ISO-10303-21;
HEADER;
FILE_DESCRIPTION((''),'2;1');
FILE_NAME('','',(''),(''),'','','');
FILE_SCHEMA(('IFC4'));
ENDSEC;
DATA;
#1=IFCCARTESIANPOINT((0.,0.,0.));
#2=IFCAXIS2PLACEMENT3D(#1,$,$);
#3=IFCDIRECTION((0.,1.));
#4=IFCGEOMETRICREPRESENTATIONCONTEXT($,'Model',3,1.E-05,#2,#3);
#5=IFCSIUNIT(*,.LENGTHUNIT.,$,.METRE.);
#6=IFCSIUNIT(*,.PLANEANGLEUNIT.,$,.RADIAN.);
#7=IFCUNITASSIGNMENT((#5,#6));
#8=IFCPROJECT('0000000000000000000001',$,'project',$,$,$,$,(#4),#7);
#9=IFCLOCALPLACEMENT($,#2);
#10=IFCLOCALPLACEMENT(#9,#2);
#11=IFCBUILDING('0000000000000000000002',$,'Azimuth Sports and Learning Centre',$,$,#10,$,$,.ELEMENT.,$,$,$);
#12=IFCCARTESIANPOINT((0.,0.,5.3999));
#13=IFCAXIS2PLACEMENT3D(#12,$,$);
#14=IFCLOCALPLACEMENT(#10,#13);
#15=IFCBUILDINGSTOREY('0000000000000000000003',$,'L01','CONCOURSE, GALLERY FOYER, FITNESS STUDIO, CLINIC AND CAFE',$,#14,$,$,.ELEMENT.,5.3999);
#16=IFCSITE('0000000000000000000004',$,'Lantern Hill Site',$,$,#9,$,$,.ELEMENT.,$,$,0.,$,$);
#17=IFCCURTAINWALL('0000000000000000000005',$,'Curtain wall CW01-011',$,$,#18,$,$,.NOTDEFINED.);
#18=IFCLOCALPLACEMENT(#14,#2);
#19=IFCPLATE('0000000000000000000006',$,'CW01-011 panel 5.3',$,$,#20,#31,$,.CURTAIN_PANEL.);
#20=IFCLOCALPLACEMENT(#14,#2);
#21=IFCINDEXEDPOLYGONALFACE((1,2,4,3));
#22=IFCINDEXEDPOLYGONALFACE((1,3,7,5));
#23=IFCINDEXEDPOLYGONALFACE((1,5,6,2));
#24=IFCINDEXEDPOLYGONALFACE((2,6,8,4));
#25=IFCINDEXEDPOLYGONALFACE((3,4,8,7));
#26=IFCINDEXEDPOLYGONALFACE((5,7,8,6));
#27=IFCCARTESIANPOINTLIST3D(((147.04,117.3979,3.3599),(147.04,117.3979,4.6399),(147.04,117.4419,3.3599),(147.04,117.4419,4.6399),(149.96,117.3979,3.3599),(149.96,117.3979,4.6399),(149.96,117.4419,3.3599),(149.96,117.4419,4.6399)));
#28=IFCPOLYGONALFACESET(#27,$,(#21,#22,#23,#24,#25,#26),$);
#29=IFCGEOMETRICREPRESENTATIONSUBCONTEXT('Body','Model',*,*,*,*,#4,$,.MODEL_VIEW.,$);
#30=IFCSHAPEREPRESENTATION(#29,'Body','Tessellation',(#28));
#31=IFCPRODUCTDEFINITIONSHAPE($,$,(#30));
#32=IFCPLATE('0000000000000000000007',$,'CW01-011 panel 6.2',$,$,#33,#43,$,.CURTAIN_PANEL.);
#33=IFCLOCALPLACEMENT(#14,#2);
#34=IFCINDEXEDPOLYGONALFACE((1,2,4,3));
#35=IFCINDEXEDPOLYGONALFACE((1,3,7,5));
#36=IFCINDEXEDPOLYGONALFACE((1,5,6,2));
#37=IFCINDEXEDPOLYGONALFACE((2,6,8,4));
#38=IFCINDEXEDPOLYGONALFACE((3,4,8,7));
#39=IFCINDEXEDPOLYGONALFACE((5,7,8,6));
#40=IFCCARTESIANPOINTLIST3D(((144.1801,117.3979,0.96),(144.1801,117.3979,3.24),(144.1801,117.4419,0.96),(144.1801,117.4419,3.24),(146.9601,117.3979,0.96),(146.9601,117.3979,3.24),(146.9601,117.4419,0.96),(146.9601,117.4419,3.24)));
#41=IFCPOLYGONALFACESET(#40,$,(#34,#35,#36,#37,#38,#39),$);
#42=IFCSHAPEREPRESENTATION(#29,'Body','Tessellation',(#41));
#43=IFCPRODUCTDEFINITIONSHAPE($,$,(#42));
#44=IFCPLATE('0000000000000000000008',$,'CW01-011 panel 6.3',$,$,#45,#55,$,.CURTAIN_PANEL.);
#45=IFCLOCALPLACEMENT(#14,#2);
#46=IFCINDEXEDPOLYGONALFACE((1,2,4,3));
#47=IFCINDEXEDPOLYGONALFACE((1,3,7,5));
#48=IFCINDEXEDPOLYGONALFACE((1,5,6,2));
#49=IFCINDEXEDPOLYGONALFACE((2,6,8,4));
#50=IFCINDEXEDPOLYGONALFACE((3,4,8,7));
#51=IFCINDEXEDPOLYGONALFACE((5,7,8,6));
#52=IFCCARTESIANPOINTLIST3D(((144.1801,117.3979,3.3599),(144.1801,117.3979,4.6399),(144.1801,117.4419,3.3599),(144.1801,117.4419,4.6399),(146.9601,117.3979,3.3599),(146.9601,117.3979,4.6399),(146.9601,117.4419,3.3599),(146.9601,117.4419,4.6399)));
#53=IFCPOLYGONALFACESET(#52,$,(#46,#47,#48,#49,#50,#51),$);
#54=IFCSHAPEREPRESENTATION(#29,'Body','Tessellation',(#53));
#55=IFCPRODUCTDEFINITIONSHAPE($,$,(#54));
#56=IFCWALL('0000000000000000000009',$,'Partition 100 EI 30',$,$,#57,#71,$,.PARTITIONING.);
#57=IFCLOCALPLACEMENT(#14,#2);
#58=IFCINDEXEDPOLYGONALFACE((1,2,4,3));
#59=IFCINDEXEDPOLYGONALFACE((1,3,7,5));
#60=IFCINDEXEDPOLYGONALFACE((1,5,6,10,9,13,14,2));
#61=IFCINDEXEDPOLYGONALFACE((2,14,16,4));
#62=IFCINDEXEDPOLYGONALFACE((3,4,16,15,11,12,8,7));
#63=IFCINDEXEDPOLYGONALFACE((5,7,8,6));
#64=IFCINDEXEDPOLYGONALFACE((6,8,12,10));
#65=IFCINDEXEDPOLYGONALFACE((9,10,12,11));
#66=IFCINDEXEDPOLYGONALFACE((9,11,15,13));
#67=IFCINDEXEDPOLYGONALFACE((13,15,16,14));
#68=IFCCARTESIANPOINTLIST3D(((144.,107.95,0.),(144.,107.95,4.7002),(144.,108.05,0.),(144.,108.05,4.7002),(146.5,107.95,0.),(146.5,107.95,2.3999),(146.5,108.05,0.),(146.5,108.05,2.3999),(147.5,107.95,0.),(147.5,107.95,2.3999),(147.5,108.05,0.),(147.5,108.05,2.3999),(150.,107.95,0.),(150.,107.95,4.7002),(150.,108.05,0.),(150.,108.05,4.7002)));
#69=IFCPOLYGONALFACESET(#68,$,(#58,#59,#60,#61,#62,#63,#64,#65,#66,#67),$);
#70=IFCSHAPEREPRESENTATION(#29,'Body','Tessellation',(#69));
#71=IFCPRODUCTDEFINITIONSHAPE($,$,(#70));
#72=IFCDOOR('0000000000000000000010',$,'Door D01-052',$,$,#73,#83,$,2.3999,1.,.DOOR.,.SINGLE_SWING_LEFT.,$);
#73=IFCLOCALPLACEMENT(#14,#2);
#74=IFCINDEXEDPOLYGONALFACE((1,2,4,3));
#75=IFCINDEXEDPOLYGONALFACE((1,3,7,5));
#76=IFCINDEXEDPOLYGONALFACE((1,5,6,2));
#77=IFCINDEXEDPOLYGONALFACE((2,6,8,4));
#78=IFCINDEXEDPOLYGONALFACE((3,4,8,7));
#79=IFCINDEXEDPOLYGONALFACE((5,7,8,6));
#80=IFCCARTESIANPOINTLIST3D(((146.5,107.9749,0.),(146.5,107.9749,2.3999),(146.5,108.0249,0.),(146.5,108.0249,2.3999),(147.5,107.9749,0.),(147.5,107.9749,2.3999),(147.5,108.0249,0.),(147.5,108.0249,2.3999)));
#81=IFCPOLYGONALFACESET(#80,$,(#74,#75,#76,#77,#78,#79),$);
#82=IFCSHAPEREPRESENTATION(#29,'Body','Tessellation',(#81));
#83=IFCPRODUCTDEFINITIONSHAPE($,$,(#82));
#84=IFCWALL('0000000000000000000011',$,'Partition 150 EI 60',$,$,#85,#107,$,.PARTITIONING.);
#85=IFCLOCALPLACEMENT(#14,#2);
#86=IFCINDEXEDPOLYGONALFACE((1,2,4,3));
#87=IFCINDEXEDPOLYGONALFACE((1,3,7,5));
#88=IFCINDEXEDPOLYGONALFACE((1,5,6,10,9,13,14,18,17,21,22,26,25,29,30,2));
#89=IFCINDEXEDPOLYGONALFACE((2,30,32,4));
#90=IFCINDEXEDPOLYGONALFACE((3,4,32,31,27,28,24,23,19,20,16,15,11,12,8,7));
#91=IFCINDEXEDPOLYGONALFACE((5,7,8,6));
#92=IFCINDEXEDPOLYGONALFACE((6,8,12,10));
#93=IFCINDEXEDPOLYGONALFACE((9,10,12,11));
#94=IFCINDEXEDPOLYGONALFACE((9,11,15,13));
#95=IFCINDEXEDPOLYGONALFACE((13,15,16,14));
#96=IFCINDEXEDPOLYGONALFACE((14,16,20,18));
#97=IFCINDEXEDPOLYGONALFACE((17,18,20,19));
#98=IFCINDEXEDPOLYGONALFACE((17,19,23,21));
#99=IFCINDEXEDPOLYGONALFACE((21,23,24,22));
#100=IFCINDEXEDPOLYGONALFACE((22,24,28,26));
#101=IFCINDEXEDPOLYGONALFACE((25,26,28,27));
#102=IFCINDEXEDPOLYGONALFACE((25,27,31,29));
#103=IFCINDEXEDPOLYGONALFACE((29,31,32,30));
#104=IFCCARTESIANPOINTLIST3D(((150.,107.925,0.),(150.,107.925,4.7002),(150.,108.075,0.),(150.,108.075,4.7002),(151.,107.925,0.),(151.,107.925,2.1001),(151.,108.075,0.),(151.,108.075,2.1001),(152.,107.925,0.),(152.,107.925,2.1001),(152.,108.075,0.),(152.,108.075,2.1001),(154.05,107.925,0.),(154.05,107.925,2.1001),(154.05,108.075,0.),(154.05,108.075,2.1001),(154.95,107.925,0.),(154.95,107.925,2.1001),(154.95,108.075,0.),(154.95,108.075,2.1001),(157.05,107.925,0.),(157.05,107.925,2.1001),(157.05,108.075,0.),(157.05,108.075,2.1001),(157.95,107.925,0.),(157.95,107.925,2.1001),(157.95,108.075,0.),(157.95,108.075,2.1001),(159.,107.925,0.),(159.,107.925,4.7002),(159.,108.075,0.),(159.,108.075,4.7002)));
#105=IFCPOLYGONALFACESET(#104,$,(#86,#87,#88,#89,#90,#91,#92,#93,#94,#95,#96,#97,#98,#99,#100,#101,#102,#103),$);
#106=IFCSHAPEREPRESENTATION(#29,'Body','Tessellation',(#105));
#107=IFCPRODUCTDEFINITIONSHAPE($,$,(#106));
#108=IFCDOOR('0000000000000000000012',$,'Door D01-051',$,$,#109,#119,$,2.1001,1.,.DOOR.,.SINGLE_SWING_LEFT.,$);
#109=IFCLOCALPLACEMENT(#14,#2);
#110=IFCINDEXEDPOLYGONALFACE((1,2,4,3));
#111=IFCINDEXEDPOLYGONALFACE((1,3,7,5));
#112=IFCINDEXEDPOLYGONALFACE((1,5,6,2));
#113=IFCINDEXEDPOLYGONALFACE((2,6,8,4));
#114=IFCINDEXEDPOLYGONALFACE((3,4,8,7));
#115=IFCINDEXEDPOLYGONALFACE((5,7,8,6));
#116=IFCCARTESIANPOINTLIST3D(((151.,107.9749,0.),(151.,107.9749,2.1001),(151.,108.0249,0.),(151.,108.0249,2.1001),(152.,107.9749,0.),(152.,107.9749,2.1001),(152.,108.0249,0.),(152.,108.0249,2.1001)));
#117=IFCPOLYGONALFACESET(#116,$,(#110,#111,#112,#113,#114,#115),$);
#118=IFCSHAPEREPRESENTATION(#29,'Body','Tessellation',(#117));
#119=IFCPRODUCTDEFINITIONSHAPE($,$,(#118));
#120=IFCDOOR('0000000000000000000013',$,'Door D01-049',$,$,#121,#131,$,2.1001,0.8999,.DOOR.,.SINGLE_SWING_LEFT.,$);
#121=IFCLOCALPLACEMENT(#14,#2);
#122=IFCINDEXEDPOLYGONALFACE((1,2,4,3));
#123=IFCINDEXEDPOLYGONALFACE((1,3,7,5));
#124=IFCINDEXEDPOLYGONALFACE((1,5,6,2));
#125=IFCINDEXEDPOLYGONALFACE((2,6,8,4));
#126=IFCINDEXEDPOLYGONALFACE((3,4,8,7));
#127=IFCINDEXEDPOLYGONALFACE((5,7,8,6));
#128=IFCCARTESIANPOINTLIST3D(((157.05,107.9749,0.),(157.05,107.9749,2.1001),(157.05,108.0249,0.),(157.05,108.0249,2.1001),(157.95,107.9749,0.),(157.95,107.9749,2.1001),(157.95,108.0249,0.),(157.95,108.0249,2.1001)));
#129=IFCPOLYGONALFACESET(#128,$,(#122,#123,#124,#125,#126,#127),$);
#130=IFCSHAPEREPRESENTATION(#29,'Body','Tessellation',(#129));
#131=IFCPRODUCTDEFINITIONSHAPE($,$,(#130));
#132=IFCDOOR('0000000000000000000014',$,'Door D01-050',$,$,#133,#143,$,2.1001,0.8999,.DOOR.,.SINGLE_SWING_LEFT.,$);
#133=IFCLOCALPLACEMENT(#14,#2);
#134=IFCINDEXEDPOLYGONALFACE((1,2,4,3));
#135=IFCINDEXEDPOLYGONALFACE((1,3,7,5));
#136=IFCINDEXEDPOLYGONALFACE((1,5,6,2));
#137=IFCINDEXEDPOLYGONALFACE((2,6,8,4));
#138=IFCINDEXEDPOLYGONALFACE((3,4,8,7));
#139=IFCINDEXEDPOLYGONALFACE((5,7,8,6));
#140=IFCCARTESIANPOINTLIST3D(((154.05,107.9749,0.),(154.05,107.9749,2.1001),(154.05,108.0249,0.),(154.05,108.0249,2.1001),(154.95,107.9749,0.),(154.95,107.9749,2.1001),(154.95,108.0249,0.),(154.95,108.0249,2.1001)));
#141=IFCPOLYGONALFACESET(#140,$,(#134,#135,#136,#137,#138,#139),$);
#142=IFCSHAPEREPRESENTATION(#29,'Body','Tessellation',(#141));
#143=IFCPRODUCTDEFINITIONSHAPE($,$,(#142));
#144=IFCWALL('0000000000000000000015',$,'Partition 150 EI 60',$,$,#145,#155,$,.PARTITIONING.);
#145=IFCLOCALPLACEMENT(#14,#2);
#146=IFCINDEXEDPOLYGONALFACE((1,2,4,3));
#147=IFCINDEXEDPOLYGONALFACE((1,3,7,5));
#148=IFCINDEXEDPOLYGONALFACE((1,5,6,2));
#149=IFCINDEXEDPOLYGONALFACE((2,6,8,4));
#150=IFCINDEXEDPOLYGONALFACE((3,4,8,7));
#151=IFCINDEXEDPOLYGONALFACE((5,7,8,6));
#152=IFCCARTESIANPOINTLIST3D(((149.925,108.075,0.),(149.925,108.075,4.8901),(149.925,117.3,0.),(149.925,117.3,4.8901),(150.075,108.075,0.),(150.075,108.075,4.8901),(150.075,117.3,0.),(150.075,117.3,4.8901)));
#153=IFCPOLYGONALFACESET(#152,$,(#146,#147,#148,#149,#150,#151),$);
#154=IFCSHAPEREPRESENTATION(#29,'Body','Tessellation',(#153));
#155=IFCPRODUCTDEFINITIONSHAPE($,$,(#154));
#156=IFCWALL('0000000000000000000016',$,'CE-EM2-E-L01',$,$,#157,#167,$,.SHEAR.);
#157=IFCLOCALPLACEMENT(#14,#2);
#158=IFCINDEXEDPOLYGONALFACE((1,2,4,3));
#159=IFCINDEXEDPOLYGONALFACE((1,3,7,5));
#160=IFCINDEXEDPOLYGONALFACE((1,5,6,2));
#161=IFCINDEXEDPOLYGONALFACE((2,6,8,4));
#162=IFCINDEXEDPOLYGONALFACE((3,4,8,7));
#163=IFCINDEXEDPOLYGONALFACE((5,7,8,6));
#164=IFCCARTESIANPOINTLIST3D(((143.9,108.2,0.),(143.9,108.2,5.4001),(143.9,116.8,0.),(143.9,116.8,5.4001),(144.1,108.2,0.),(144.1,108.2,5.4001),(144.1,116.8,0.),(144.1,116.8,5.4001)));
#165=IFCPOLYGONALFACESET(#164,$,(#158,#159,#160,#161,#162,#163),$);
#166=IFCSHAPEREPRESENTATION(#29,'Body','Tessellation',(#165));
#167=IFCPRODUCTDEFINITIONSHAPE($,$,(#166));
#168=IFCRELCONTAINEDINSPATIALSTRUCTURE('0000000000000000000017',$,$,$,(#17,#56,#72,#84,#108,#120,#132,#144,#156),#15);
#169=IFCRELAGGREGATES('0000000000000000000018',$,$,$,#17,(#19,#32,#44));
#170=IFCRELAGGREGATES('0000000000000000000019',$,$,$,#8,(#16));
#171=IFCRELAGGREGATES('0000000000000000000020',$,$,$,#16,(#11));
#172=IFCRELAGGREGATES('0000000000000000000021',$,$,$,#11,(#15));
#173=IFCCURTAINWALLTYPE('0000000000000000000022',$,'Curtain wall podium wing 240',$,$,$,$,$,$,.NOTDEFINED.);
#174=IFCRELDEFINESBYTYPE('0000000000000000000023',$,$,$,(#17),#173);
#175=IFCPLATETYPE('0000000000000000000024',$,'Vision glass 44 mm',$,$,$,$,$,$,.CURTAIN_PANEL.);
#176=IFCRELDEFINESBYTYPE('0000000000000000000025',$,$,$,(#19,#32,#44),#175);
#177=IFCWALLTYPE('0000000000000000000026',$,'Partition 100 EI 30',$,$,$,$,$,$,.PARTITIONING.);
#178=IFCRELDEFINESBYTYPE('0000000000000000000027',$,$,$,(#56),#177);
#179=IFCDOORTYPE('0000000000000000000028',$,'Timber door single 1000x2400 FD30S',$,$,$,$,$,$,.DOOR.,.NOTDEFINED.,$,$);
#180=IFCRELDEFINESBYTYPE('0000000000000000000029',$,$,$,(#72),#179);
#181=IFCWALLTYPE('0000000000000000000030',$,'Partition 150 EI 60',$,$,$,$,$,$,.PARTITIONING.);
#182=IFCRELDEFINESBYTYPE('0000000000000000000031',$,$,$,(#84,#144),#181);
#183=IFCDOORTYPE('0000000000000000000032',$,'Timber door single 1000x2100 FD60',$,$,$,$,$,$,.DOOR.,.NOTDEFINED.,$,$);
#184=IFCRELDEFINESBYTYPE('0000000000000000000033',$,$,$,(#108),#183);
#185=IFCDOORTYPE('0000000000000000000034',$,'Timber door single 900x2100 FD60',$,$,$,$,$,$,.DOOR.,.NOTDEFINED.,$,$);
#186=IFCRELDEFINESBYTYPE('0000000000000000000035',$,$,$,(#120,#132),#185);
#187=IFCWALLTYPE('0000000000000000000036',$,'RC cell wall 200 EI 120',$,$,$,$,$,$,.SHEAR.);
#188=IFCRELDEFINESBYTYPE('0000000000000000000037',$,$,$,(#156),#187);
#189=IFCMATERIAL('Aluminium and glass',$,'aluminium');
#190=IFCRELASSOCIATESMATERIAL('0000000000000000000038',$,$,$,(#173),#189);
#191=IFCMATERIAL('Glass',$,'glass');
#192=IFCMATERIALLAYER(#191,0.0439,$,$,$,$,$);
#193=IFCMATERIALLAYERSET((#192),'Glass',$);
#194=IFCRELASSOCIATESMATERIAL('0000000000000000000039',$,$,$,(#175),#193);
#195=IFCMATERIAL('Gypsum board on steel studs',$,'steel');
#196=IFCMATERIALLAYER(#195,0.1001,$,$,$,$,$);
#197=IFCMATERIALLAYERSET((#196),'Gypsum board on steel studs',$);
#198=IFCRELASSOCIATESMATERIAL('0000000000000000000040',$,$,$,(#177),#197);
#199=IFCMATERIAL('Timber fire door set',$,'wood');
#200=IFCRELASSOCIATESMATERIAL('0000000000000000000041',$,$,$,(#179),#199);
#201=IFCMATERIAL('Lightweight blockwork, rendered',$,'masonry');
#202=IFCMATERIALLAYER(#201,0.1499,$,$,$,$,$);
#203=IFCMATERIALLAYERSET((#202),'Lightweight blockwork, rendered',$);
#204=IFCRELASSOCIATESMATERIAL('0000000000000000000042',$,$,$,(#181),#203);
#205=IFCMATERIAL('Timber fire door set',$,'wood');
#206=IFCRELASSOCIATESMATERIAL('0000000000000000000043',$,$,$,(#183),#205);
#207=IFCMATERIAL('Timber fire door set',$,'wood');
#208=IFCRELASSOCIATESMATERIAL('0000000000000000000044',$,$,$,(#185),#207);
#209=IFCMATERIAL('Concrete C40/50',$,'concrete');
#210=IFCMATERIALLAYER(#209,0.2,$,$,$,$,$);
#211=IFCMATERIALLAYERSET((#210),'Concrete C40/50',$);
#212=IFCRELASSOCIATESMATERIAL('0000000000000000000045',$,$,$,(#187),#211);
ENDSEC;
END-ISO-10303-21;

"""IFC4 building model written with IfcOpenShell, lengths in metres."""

from ifc_helpers import new_model, si_unit, direction, frame, frame_2d, origin, origin_2d, place, context, subcontext, project, spatial, rectangle, extrude, material, layer, layer_set, type_object, element, fill, aggregate, save


model = new_model("IFC4")

# Units and contexts
model_context = context("Model", 3, precision=1e-05, world=origin(), true_north=direction((0.0, 1.0)))
body_context = subcontext(model_context, "Body", "Model", "MODEL_VIEW")
ifc_project = project(units=[si_unit("LENGTHUNIT", "METRE"), si_unit("PLANEANGLEUNIT", "RADIAN")], contexts=[model_context])

# Site, building, storey
site_placement = place(None, origin())
site = spatial("IfcSite", under=ifc_project, at=site_placement, Name="Lantern Hill Site", CompositionType="ELEMENT", RefElevation=0.0)
building_placement = place(site_placement, origin())
building = spatial("IfcBuilding", under=site, at=building_placement, Name="Azimuth Sports and Learning Centre", CompositionType="ELEMENT")
storey_placement = place(building_placement, frame((0.0, 0.0, 5.3999)))
storey = spatial("IfcBuildingStorey", under=building, at=storey_placement, Name="L01", Description="CONCOURSE, GALLERY FOYER, FITNESS STUDIO, CLINIC AND CAFE", CompositionType="ELEMENT", Elevation=5.3999)

# Curtain wall, plates
ifc_material_1 = material(Name="Aluminium and glass", Category="aluminium")
curtain_wall_type = type_object("IfcCurtainWallType", Name="Curtain wall podium wing 240", PredefinedType="NOTDEFINED", material=ifc_material_1)
curtain_wall_placement = place(storey_placement, origin())
curtain_wall = element("IfcCurtainWall", 1, at=curtain_wall_placement, inside=storey, type_object=curtain_wall_type, Name="Curtain wall CW01-011", PredefinedType="NOTDEFINED")
ifc_material_2 = material(Name="Glass", Category="glass")
ifc_layer_1 = layer(ifc_material_2, 0.0439)
ifc_layer_set_1 = layer_set([ifc_layer_1], Name="Glass")
plate_type_1 = type_object("IfcPlateType", Name="Vision glass 44 mm", PredefinedType="CURTAIN_PANEL", material=ifc_layer_set_1)
plate_1_placement = place(storey_placement, frame((148.5, 117.4199, 3.3599), z_axis=(0.0, 0.0, 1.0), x_axis=(-1.0, 0.0, 0.0)))
plate_1 = element("IfcPlate", 2, at=plate_1_placement, type_object=plate_type_1, Name="CW01-011 panel 5.3", PredefinedType="CURTAIN_PANEL", context=body_context, shape_type="SweptSolid", body=[
    extrude(rectangle(XDim=2.9199, YDim=0.0439, at=origin_2d()), origin(), (0.0, 0.0, 1.0), 1.28),
])
plate_2_placement = place(storey_placement, frame((145.5701, 117.4199, 0.96), z_axis=(0.0, 0.0, 1.0), x_axis=(-1.0, 0.0, 0.0)))
plate_2 = element("IfcPlate", 3, at=plate_2_placement, type_object=plate_type_1, Name="CW01-011 panel 6.2", PredefinedType="CURTAIN_PANEL", context=body_context, shape_type="SweptSolid", body=[
    extrude(rectangle(XDim=2.78, YDim=0.0439, at=origin_2d()), origin(), (0.0, 0.0, 1.0), 2.28),
])
plate_3_placement = place(storey_placement, frame((145.5701, 117.4199, 3.3599), z_axis=(0.0, 0.0, 1.0), x_axis=(-1.0, 0.0, 0.0)))
plate_3 = element("IfcPlate", 4, at=plate_3_placement, type_object=plate_type_1, Name="CW01-011 panel 6.3", PredefinedType="CURTAIN_PANEL", context=body_context, shape_type="SweptSolid", body=[
    extrude(rectangle(XDim=2.78, YDim=0.0439, at=origin_2d()), origin(), (0.0, 0.0, 1.0), 1.28),
])
aggregate(curtain_wall, [plate_1, plate_2, plate_3])

# Wall, opening, door
ifc_material_3 = material(Name="Gypsum board on steel studs", Category="steel")
ifc_layer_2 = layer(ifc_material_3, 0.1001)
ifc_layer_set_2 = layer_set([ifc_layer_2], Name="Gypsum board on steel studs")
wall_type_1 = type_object("IfcWallType", Name="Partition 100 EI 30", PredefinedType="PARTITIONING", material=ifc_layer_set_2)
wall_1_placement = place(storey_placement, frame((144.0, 108.0, 0.0), z_axis=(0.0, 0.0, 1.0), x_axis=(1.0, 0.0, 0.0)))
wall_1 = element("IfcWall", 5, at=wall_1_placement, inside=storey, type_object=wall_type_1, Name="Partition 100 EI 30", PredefinedType="PARTITIONING", context=body_context, shape_type="SweptSolid", body=[
    extrude(rectangle(XDim=6.0, YDim=0.1001, at=frame_2d((3.0, 0.0))), origin(), (0.0, 0.0, 1.0), 4.7002),
])
opening_1_placement = place(wall_1_placement, frame((2.5, 0.0, 0.0)))
opening_1 = element("IfcOpeningElement", 6, at=opening_1_placement, cuts=wall_1, PredefinedType="OPENING", context=body_context, shape_type="SweptSolid", body=[
    extrude(rectangle(XDim=1.0, YDim=2.3999, at=frame_2d((0.5, 1.2))), frame((0.0, 0.061, 0.0), z_axis=(0.0, -1.0, 0.0), x_axis=(1.0, 0.0, 0.0)), (0.0, 0.0, 1.0), 0.1221),
])
ifc_material_4 = material(Name="Timber fire door set", Category="wood")
door_type_1 = type_object("IfcDoorType", Name="Timber door single 1000x2400 FD30S", OperationType="NOTDEFINED", PredefinedType="DOOR", material=ifc_material_4)
door_1_placement = place(opening_1_placement, origin())
door_1 = element("IfcDoor", 7, at=door_1_placement, inside=storey, type_object=door_type_1, Name="Door D01-052", OperationType="SINGLE_SWING_LEFT", OverallHeight=2.3999, OverallWidth=1.0, PredefinedType="DOOR", context=body_context, shape_type="SweptSolid", body=[
    extrude(rectangle(XDim=1.0, YDim=2.3999, at=frame_2d((0.5, 1.2))), frame((0.0, 0.0249, 0.0), z_axis=(0.0, -1.0, 0.0), x_axis=(1.0, 0.0, 0.0)), (0.0, 0.0, 1.0), 0.05),
])
fill(opening_1, door_1)

# Wall, openings, doors
ifc_material_5 = material(Name="Lightweight blockwork, rendered", Category="masonry")
ifc_layer_3 = layer(ifc_material_5, 0.1499)
ifc_layer_set_3 = layer_set([ifc_layer_3], Name="Lightweight blockwork, rendered")
wall_type_2 = type_object("IfcWallType", Name="Partition 150 EI 60", PredefinedType="PARTITIONING", material=ifc_layer_set_3)
wall_2_placement = place(storey_placement, frame((150.0, 108.0, 0.0), z_axis=(0.0, 0.0, 1.0), x_axis=(1.0, 0.0, 0.0)))
wall_2 = element("IfcWall", 8, at=wall_2_placement, inside=storey, type_object=wall_type_2, Name="Partition 150 EI 60", PredefinedType="PARTITIONING", context=body_context, shape_type="SweptSolid", body=[
    extrude(rectangle(XDim=9.0, YDim=0.1499, at=frame_2d((4.5, 0.0))), origin(), (0.0, 0.0, 1.0), 4.7002),
])
opening_2_placement = place(wall_2_placement, frame((7.05, 0.0, 0.0)))
opening_2 = element("IfcOpeningElement", 9, at=opening_2_placement, cuts=wall_2, PredefinedType="OPENING", context=body_context, shape_type="SweptSolid", body=[
    extrude(rectangle(XDim=0.8999, YDim=2.1001, at=frame_2d((0.45, 1.05))), frame((0.0, 0.0859, 0.0), z_axis=(0.0, -1.0, 0.0), x_axis=(1.0, 0.0, 0.0)), (0.0, 0.0, 1.0), 0.1719),
])
opening_3_placement = place(wall_2_placement, frame((4.05, 0.0, 0.0)))
opening_3 = element("IfcOpeningElement", 10, at=opening_3_placement, cuts=wall_2, PredefinedType="OPENING", context=body_context, shape_type="SweptSolid", body=[
    extrude(rectangle(XDim=0.8999, YDim=2.1001, at=frame_2d((0.45, 1.05))), frame((0.0, 0.0859, 0.0), z_axis=(0.0, -1.0, 0.0), x_axis=(1.0, 0.0, 0.0)), (0.0, 0.0, 1.0), 0.1719),
])
opening_4_placement = place(wall_2_placement, frame((1.0, 0.0, 0.0)))
opening_4 = element("IfcOpeningElement", 11, at=opening_4_placement, cuts=wall_2, PredefinedType="OPENING", context=body_context, shape_type="SweptSolid", body=[
    extrude(rectangle(XDim=1.0, YDim=2.1001, at=frame_2d((0.5, 1.05))), frame((0.0, 0.0859, 0.0), z_axis=(0.0, -1.0, 0.0), x_axis=(1.0, 0.0, 0.0)), (0.0, 0.0, 1.0), 0.1719),
])
ifc_material_6 = material(Name="Timber fire door set", Category="wood")
door_type_2 = type_object("IfcDoorType", Name="Timber door single 1000x2100 FD60", OperationType="NOTDEFINED", PredefinedType="DOOR", material=ifc_material_6)
door_2_placement = place(opening_4_placement, origin())
door_2 = element("IfcDoor", 12, at=door_2_placement, inside=storey, type_object=door_type_2, Name="Door D01-051", OperationType="SINGLE_SWING_LEFT", OverallHeight=2.1001, OverallWidth=1.0, PredefinedType="DOOR", context=body_context, shape_type="SweptSolid", body=[
    extrude(rectangle(XDim=1.0, YDim=2.1001, at=frame_2d((0.5, 1.05))), frame((0.0, 0.0249, 0.0), z_axis=(0.0, -1.0, 0.0), x_axis=(1.0, 0.0, 0.0)), (0.0, 0.0, 1.0), 0.05),
])
fill(opening_4, door_2)
ifc_material_7 = material(Name="Timber fire door set", Category="wood")
door_type_3 = type_object("IfcDoorType", Name="Timber door single 900x2100 FD60", OperationType="NOTDEFINED", PredefinedType="DOOR", material=ifc_material_7)
door_3_placement = place(opening_2_placement, origin())
door_3 = element("IfcDoor", 13, at=door_3_placement, inside=storey, type_object=door_type_3, Name="Door D01-049", OperationType="SINGLE_SWING_LEFT", OverallHeight=2.1001, OverallWidth=0.8999, PredefinedType="DOOR", context=body_context, shape_type="SweptSolid", body=[
    extrude(rectangle(XDim=0.8999, YDim=2.1001, at=frame_2d((0.45, 1.05))), frame((0.0, 0.0249, 0.0), z_axis=(0.0, -1.0, 0.0), x_axis=(1.0, 0.0, 0.0)), (0.0, 0.0, 1.0), 0.05),
])
fill(opening_2, door_3)
door_4_placement = place(opening_3_placement, origin())
door_4 = element("IfcDoor", 14, at=door_4_placement, inside=storey, type_object=door_type_3, Name="Door D01-050", OperationType="SINGLE_SWING_LEFT", OverallHeight=2.1001, OverallWidth=0.8999, PredefinedType="DOOR", context=body_context, shape_type="SweptSolid", body=[
    extrude(rectangle(XDim=0.8999, YDim=2.1001, at=frame_2d((0.45, 1.05))), frame((0.0, 0.0249, 0.0), z_axis=(0.0, -1.0, 0.0), x_axis=(1.0, 0.0, 0.0)), (0.0, 0.0, 1.0), 0.05),
])
fill(opening_3, door_4)

# Walls
wall_3_placement = place(storey_placement, frame((150.0, 108.075, 0.0), z_axis=(0.0, 0.0, 1.0), x_axis=(0.0, 1.0, 0.0)))
element("IfcWall", 15, at=wall_3_placement, inside=storey, type_object=wall_type_2, Name="Partition 150 EI 60", PredefinedType="PARTITIONING", context=body_context, shape_type="SweptSolid", body=[
    extrude(rectangle(XDim=9.2251, YDim=0.1499, at=frame_2d((4.6125, 0.0))), origin(), (0.0, 0.0, 1.0), 4.8901),
])
ifc_material_8 = material(Name="Concrete C40/50", Category="concrete")
ifc_layer_4 = layer(ifc_material_8, 0.2)
ifc_layer_set_4 = layer_set([ifc_layer_4], Name="Concrete C40/50")
wall_type_3 = type_object("IfcWallType", Name="RC cell wall 200 EI 120", PredefinedType="SHEAR", material=ifc_layer_set_4)
wall_4_placement = place(storey_placement, frame((144.0, 108.2, 0.0), z_axis=(0.0, 0.0, 1.0), x_axis=(0.0, 1.0, 0.0)))
element("IfcWall", 16, at=wall_4_placement, inside=storey, type_object=wall_type_3, Name="CE-EM2-E-L01", PredefinedType="SHEAR", context=body_context, shape_type="SweptSolid", body=[
    extrude(rectangle(XDim=8.6001, YDim=0.2, at=frame_2d((4.3, 0.0))), origin(), (0.0, 0.0, 1.0), 5.4001),
])

save(model, "model.ifc")
